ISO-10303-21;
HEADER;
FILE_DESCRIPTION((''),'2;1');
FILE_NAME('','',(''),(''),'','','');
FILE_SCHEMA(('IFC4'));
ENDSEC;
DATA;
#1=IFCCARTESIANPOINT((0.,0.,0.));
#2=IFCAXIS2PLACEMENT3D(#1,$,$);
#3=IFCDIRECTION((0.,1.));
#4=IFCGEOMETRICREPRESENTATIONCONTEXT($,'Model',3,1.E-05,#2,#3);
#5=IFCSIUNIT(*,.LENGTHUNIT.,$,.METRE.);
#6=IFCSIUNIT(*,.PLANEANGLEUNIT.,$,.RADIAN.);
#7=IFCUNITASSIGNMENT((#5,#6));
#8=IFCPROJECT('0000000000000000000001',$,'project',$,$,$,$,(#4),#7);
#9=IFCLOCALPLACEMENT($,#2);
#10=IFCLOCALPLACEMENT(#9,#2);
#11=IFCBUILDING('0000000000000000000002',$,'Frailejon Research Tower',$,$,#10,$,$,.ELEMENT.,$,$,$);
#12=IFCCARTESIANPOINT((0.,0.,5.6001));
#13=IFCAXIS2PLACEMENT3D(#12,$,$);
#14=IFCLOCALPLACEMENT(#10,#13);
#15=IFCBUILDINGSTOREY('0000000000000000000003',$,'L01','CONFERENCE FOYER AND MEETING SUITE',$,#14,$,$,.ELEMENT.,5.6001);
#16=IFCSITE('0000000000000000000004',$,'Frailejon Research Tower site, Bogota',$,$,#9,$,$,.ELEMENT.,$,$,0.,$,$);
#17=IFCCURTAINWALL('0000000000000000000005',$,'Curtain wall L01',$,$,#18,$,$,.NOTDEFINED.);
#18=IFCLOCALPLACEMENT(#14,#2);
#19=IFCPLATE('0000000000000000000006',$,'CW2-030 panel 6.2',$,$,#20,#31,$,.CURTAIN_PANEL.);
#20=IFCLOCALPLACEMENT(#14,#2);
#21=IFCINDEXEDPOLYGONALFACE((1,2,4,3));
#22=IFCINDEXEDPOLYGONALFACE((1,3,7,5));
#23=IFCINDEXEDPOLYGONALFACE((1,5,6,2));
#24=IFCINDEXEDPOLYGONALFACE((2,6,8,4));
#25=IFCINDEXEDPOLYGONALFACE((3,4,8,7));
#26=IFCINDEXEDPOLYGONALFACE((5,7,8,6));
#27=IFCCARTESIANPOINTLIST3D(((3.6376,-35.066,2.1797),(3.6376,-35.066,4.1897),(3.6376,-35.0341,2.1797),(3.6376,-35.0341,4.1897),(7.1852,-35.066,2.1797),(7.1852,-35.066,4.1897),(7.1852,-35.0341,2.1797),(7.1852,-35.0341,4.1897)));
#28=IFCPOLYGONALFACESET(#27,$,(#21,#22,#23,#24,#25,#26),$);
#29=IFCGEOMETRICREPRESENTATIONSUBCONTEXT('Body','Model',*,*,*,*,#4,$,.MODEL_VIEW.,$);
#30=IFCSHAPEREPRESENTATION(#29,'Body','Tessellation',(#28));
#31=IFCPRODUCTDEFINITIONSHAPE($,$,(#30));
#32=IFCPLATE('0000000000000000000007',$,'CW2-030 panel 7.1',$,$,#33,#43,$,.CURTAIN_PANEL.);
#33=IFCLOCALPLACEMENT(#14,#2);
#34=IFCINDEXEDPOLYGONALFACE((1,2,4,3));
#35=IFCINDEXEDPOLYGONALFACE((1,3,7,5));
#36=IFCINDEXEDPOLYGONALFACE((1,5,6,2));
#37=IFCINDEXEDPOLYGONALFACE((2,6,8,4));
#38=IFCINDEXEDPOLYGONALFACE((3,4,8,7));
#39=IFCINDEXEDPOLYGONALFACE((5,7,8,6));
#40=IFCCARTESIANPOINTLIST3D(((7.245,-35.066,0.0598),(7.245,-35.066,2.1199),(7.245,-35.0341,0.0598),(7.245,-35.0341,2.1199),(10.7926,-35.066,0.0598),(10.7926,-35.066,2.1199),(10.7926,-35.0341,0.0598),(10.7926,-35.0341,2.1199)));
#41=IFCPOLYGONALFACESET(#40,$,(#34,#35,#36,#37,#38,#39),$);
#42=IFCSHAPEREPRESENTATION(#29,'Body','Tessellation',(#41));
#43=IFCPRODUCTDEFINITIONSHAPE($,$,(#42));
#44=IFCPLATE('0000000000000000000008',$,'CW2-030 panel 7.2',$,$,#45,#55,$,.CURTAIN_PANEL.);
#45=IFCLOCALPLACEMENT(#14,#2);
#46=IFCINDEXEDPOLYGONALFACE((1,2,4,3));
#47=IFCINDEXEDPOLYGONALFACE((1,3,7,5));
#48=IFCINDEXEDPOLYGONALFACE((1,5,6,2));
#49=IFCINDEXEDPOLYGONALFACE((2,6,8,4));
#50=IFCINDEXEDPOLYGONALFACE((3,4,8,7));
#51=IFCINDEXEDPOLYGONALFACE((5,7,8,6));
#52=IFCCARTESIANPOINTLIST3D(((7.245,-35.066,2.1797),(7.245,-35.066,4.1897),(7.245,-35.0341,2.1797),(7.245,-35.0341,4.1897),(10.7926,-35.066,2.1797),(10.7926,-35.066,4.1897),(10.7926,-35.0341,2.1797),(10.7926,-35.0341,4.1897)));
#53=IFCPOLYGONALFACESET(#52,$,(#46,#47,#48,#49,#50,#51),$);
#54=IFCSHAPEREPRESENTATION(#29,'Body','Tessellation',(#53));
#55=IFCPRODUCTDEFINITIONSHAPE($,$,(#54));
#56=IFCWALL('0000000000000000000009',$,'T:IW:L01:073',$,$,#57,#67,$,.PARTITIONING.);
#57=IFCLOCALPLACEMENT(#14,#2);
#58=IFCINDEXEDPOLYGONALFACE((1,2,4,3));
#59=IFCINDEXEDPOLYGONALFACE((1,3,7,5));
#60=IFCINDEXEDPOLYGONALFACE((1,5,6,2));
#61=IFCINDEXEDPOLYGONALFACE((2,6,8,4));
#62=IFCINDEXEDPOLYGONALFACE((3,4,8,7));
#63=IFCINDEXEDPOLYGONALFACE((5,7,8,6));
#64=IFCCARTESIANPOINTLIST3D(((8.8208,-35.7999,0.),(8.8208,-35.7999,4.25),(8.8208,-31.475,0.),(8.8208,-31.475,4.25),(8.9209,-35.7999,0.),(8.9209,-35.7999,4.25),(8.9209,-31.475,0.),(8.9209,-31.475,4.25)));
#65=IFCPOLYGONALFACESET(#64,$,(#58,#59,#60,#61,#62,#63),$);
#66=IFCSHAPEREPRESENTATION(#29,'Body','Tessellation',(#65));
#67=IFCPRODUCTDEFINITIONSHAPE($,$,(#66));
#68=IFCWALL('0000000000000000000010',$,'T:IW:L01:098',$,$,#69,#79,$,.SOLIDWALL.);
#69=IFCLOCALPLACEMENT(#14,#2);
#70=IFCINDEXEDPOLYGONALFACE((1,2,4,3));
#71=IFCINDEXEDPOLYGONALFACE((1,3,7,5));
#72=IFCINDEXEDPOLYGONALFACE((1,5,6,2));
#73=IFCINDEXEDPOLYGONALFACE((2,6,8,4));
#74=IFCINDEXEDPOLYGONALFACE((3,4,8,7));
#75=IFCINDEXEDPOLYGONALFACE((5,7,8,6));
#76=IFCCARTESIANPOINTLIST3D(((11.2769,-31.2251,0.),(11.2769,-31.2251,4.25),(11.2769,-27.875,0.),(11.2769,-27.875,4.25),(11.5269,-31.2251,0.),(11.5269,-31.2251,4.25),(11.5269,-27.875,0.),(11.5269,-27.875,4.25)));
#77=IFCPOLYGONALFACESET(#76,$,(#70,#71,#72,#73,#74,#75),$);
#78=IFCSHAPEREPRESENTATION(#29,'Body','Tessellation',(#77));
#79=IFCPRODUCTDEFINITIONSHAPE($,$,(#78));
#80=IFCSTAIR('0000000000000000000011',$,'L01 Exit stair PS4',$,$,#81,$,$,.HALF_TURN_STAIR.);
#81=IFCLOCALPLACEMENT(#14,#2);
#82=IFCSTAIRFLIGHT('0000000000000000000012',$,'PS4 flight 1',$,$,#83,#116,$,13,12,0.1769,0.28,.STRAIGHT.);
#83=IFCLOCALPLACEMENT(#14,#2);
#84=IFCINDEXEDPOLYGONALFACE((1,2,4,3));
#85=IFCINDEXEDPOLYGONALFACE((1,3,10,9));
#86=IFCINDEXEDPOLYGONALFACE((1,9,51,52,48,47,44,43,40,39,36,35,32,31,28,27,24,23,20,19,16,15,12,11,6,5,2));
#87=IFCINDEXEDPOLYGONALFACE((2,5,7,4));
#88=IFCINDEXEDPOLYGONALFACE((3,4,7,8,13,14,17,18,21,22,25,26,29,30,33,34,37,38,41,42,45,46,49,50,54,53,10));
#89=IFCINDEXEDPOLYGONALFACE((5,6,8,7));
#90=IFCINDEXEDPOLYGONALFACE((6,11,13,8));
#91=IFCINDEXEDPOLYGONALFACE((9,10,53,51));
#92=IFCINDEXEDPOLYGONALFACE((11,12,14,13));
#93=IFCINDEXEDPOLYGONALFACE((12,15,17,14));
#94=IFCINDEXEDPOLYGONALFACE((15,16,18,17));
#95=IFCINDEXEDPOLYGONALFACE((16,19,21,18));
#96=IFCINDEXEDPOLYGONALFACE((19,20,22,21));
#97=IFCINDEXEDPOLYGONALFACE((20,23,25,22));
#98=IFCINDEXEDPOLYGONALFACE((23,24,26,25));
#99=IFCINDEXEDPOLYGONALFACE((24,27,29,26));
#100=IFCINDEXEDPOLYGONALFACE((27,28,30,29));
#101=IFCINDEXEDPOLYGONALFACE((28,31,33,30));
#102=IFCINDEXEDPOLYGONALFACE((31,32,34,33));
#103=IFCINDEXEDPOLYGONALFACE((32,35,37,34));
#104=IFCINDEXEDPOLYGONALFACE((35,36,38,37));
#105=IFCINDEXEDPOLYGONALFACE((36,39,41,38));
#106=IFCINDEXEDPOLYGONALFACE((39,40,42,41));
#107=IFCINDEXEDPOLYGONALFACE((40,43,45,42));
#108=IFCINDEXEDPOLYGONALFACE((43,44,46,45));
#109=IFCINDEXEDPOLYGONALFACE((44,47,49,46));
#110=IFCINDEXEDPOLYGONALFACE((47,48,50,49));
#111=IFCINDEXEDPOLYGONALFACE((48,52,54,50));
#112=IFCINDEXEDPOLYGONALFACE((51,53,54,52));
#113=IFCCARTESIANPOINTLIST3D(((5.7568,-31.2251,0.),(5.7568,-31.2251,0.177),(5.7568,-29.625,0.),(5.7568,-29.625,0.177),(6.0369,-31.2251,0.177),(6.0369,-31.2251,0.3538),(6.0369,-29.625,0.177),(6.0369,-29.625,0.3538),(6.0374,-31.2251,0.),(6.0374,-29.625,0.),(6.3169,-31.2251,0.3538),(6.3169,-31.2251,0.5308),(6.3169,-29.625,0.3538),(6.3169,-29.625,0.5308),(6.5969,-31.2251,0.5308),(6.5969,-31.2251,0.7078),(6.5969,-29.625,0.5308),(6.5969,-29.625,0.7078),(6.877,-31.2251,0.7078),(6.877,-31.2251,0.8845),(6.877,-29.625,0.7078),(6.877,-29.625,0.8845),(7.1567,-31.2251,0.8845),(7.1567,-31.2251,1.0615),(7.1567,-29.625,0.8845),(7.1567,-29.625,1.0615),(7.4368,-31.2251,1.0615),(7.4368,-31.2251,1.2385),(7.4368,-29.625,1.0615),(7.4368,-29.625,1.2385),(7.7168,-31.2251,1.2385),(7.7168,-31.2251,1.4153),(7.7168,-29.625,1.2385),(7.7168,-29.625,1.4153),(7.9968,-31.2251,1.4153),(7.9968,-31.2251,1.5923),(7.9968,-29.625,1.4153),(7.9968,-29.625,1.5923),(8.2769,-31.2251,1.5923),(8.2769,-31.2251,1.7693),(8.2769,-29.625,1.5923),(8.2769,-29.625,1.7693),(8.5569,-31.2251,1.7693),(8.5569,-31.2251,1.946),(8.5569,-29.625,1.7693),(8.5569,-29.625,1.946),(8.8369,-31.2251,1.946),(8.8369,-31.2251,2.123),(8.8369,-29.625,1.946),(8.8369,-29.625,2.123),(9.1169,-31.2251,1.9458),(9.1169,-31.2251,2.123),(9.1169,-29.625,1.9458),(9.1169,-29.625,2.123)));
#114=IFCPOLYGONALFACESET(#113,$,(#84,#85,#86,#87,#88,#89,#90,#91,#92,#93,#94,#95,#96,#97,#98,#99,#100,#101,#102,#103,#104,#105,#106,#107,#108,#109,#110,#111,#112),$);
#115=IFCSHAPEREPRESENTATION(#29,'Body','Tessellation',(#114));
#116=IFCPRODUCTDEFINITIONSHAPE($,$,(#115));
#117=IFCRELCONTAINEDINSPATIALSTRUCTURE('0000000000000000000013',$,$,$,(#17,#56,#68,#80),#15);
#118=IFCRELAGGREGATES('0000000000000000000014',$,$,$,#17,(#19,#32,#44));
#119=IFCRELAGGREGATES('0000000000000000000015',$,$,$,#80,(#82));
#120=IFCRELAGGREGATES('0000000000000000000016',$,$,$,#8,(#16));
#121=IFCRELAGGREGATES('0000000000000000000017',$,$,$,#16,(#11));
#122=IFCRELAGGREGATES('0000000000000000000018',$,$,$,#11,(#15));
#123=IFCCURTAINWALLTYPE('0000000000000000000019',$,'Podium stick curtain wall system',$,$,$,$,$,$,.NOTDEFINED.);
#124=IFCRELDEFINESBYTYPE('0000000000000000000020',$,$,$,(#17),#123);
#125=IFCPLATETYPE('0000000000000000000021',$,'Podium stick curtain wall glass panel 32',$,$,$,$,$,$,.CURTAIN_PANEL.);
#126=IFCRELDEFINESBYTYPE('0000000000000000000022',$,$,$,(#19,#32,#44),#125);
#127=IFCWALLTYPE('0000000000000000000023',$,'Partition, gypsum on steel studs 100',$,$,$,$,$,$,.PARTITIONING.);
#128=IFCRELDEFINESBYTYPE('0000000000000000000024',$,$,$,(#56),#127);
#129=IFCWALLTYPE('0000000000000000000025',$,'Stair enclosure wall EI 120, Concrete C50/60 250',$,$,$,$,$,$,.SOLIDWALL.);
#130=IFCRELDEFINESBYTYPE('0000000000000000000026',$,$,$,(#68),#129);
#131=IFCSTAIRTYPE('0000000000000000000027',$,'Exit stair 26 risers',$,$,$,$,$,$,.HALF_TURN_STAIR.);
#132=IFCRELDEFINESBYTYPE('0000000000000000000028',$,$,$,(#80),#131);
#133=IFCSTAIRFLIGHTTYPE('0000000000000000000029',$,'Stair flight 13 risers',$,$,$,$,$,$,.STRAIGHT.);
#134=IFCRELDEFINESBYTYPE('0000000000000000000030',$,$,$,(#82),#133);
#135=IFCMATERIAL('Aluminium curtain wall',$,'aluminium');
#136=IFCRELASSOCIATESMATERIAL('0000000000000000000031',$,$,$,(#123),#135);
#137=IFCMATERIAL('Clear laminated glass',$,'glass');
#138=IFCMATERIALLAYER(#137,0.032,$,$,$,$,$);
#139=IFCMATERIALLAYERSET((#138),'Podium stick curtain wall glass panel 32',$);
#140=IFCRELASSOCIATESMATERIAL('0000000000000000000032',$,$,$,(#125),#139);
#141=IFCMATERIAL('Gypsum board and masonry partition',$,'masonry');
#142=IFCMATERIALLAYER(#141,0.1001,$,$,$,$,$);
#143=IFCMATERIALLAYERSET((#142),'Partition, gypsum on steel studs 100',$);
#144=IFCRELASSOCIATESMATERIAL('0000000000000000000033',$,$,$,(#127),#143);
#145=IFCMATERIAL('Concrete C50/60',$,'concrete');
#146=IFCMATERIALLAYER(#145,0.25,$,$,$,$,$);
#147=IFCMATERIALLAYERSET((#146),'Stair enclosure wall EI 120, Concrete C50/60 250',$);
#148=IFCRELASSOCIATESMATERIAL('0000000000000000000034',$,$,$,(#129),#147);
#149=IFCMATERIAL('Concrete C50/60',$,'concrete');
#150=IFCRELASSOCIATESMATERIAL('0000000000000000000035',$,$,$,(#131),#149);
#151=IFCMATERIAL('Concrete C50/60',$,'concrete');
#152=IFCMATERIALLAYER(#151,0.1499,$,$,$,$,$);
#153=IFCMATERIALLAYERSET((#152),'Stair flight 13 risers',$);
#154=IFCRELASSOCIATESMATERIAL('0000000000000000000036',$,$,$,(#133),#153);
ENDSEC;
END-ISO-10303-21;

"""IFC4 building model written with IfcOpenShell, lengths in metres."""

from ifc_helpers import new_model, si_unit, direction, frame, frame_2d, origin, origin_2d, place, context, subcontext, project, spatial, polyline, rectangle, outline, extrude, material, layer, layer_set, type_object, element, aggregate, save


model = new_model("IFC4")

# Units and contexts
model_context = context("Model", 3, precision=1e-05, world=origin(), true_north=direction((0.0, 1.0)))
body_context = subcontext(model_context, "Body", "Model", "MODEL_VIEW")
ifc_project = project(units=[si_unit("LENGTHUNIT", "METRE"), si_unit("PLANEANGLEUNIT", "RADIAN")], contexts=[model_context])

# Site, building, storey
site_placement = place(None, origin())
site = spatial("IfcSite", under=ifc_project, at=site_placement, Name="Frailejon Research Tower site, Bogota", CompositionType="ELEMENT", RefElevation=0.0)
building_placement = place(site_placement, origin())
building = spatial("IfcBuilding", under=site, at=building_placement, Name="Frailejon Research Tower", CompositionType="ELEMENT")
storey_placement = place(building_placement, frame((0.0, 0.0, 5.6001)))
storey = spatial("IfcBuildingStorey", under=building, at=storey_placement, Name="L01", Description="CONFERENCE FOYER AND MEETING SUITE", CompositionType="ELEMENT", Elevation=5.6001)

# Curtain wall, plates
ifc_material_1 = material(Name="Aluminium curtain wall", Category="aluminium")
curtain_wall_type = type_object("IfcCurtainWallType", Name="Podium stick curtain wall system", PredefinedType="NOTDEFINED", material=ifc_material_1)
curtain_wall_placement = place(storey_placement, origin())
curtain_wall = element("IfcCurtainWall", 1, at=curtain_wall_placement, inside=storey, type_object=curtain_wall_type, Name="Curtain wall L01", PredefinedType="NOTDEFINED")
ifc_material_2 = material(Name="Clear laminated glass", Category="glass")
ifc_layer_1 = layer(ifc_material_2, 0.032)
ifc_layer_set_1 = layer_set([ifc_layer_1], Name="Podium stick curtain wall glass panel 32")
plate_type = type_object("IfcPlateType", Name="Podium stick curtain wall glass panel 32", PredefinedType="CURTAIN_PANEL", material=ifc_layer_set_1)
plate_1_placement = place(storey_placement, frame((5.4114, -35.05, 2.1797), z_axis=(0.0, 0.0, 1.0), x_axis=(1.0, 0.0, 0.0)))
plate_1 = element("IfcPlate", 2, at=plate_1_placement, type_object=plate_type, Name="CW2-030 panel 6.2", PredefinedType="CURTAIN_PANEL", context=body_context, shape_type="SweptSolid", body=[
    extrude(rectangle(XDim=3.5476, YDim=0.032, at=origin_2d()), origin(), (0.0, 0.0, 1.0), 2.01),
])
plate_2_placement = place(storey_placement, frame((9.0188, -35.05, 0.0598), z_axis=(0.0, 0.0, 1.0), x_axis=(1.0, 0.0, 0.0)))
plate_2 = element("IfcPlate", 3, at=plate_2_placement, type_object=plate_type, Name="CW2-030 panel 7.1", PredefinedType="CURTAIN_PANEL", context=body_context, shape_type="SweptSolid", body=[
    extrude(rectangle(XDim=3.5476, YDim=0.032, at=origin_2d()), origin(), (0.0, 0.0, 1.0), 2.0601),
])
plate_3_placement = place(storey_placement, frame((9.0188, -35.05, 2.1797), z_axis=(0.0, 0.0, 1.0), x_axis=(1.0, 0.0, 0.0)))
plate_3 = element("IfcPlate", 4, at=plate_3_placement, type_object=plate_type, Name="CW2-030 panel 7.2", PredefinedType="CURTAIN_PANEL", context=body_context, shape_type="SweptSolid", body=[
    extrude(rectangle(XDim=3.5476, YDim=0.032, at=origin_2d()), origin(), (0.0, 0.0, 1.0), 2.01),
])
aggregate(curtain_wall, [plate_1, plate_2, plate_3])

# Walls
ifc_material_3 = material(Name="Gypsum board and masonry partition", Category="masonry")
ifc_layer_2 = layer(ifc_material_3, 0.1001)
ifc_layer_set_2 = layer_set([ifc_layer_2], Name="Partition, gypsum on steel studs 100")
wall_type_1 = type_object("IfcWallType", Name="Partition, gypsum on steel studs 100", PredefinedType="PARTITIONING", material=ifc_layer_set_2)
wall_1_placement = place(storey_placement, frame((8.8708, -35.8, 0.0), z_axis=(0.0, 0.0, 1.0), x_axis=(0.0, 1.0, 0.0)))
element("IfcWall", 5, at=wall_1_placement, inside=storey, type_object=wall_type_1, Name="T:IW:L01:073", PredefinedType="PARTITIONING", context=body_context, shape_type="SweptSolid", body=[
    extrude(rectangle(XDim=4.325, YDim=0.1001, at=frame_2d((2.1626, 0.0))), origin(), (0.0, 0.0, 1.0), 4.25),
])
ifc_material_4 = material(Name="Concrete C50/60", Category="concrete")
ifc_layer_3 = layer(ifc_material_4, 0.25)
ifc_layer_set_3 = layer_set([ifc_layer_3], Name="Stair enclosure wall EI 120, Concrete C50/60 250")
wall_type_2 = type_object("IfcWallType", Name="Stair enclosure wall EI 120, Concrete C50/60 250", PredefinedType="SOLIDWALL", material=ifc_layer_set_3)
wall_2_placement = place(storey_placement, frame((11.4019, -31.2251, 0.0), z_axis=(0.0, 0.0, 1.0), x_axis=(0.0, 1.0, 0.0)))
element("IfcWall", 6, at=wall_2_placement, inside=storey, type_object=wall_type_2, Name="T:IW:L01:098", PredefinedType="SOLIDWALL", context=body_context, shape_type="SweptSolid", body=[
    extrude(rectangle(XDim=3.3501, YDim=0.25, at=frame_2d((1.675, 0.0))), origin(), (0.0, 0.0, 1.0), 4.25),
])

# Stair, stair flight
ifc_material_5 = material(Name="Concrete C50/60", Category="concrete")
stair_type = type_object("IfcStairType", Name="Exit stair 26 risers", PredefinedType="HALF_TURN_STAIR", material=ifc_material_5)
stair_placement = place(storey_placement, origin())
stair = element("IfcStair", 7, at=stair_placement, inside=storey, type_object=stair_type, Name="L01 Exit stair PS4", PredefinedType="HALF_TURN_STAIR")
ifc_material_6 = material(Name="Concrete C50/60", Category="concrete")
ifc_layer_4 = layer(ifc_material_6, 0.1499)
ifc_layer_set_4 = layer_set([ifc_layer_4], Name="Stair flight 13 risers")
stair_flight_type = type_object("IfcStairFlightType", Name="Stair flight 13 risers", PredefinedType="STRAIGHT", material=ifc_layer_set_4)
stair_flight_placement = place(storey_placement, frame((5.7568, -30.425, 0.0), z_axis=(0.0, 0.0, 1.0), x_axis=(1.0, 0.0, 0.0)))
stair_flight = element("IfcStairFlight", 8, at=stair_flight_placement, type_object=stair_flight_type, Name="PS4 flight 1", NumberOfRisers=13, NumberOfTreads=12, PredefinedType="STRAIGHT", RiserHeight=0.1769, TreadLength=0.28, context=body_context, shape_type="SweptSolid", body=[
    extrude(outline(polyline([(0.0, 0.0), (0.0, 0.177), (0.28, 0.177), (0.28, 0.3538), (0.5601, 0.3538), (0.5601, 0.5308), (0.8401, 0.5308), (0.8401, 0.7078), (1.1201, 0.7078), (1.1201, 0.8845), (1.3999, 0.8845), (1.3999, 1.0615), (1.6799, 1.0615), (1.6799, 1.2385), (1.96, 1.2385), (1.96, 1.4153), (2.24, 1.4153), (2.24, 1.5923), (2.52, 1.5923), (2.52, 1.7693), (2.8, 1.7693), (2.8, 1.946), (3.0801, 1.946), (3.0801, 2.123), (3.3601, 2.123), (3.3601, 2.3), (3.3601, 1.9458), (0.2805, 0.0), (0.0, 0.0)])), frame((0.0, 0.8, 0.0), z_axis=(0.0, -1.0, 0.0), x_axis=(1.0, 0.0, 0.0)), (0.0, 0.0, 1.0), 1.6001),
])
aggregate(stair, [stair_flight])

save(model, "model.ifc")
